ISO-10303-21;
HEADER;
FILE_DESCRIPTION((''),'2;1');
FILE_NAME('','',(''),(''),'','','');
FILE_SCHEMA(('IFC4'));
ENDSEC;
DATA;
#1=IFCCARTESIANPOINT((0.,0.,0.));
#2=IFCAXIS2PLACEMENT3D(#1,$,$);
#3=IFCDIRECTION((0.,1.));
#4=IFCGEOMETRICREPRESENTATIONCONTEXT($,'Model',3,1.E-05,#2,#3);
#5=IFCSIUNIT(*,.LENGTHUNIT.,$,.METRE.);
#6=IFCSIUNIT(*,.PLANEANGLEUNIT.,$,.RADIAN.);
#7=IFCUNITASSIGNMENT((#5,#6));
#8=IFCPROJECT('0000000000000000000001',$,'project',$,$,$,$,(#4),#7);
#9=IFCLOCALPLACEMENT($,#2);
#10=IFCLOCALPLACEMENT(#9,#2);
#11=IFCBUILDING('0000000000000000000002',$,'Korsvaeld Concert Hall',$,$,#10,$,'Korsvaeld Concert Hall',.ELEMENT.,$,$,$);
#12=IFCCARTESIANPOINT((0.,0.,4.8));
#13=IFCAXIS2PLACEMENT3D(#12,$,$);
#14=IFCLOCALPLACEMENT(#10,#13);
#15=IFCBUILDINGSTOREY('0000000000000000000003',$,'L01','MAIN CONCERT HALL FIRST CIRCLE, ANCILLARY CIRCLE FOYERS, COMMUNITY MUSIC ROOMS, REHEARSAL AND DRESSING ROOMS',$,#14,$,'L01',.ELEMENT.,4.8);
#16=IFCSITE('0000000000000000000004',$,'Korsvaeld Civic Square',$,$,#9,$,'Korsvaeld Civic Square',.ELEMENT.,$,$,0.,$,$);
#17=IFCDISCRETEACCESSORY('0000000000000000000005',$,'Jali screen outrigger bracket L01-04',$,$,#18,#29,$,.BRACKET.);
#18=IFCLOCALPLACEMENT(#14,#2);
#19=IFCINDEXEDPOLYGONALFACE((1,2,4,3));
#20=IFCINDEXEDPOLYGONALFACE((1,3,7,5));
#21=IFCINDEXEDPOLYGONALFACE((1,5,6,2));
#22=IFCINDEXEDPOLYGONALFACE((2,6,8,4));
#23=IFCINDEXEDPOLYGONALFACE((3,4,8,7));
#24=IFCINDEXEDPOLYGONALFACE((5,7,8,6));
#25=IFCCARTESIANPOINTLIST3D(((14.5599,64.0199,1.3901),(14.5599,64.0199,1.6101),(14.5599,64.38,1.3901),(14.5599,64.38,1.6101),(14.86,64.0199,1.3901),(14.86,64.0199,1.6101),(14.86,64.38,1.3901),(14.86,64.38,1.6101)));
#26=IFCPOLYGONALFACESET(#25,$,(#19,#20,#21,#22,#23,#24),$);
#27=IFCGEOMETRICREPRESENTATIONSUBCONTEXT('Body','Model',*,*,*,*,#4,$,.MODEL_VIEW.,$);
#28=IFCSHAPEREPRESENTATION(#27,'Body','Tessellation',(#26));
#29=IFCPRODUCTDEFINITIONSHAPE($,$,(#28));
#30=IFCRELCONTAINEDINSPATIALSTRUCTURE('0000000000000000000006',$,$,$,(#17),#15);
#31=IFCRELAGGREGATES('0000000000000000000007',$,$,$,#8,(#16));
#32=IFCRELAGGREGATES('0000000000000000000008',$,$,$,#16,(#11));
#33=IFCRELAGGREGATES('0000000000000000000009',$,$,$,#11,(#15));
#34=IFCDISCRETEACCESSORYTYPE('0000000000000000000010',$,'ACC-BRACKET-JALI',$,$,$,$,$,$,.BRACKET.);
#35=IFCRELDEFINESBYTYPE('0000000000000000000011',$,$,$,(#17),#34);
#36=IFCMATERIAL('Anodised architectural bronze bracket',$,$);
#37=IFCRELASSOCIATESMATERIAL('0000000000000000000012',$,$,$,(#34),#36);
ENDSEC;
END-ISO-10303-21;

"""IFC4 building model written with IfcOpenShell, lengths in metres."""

from ifc_helpers import new_model, si_unit, direction, frame, origin, origin_2d, place, context, subcontext, project, spatial, rectangle, extrude, material, type_object, element, save


model = new_model("IFC4")

# Units and contexts
model_context = context("Model", 3, precision=1e-05, world=origin(), true_north=direction((0.0, 1.0)))
body_context = subcontext(model_context, "Body", "Model", "MODEL_VIEW")
ifc_project = project(units=[si_unit("LENGTHUNIT", "METRE"), si_unit("PLANEANGLEUNIT", "RADIAN")], contexts=[model_context])

# Site, building, storey
site_placement = place(None, origin())
site = spatial("IfcSite", under=ifc_project, at=site_placement, Name="Korsvaeld Civic Square", LongName="Korsvaeld Civic Square", CompositionType="ELEMENT", RefElevation=0.0)
building_placement = place(site_placement, origin())
building = spatial("IfcBuilding", under=site, at=building_placement, Name="Korsvaeld Concert Hall", LongName="Korsvaeld Concert Hall", CompositionType="ELEMENT")
storey_placement = place(building_placement, frame((0.0, 0.0, 4.8)))
storey = spatial("IfcBuildingStorey", under=building, at=storey_placement, Name="L01", Description="MAIN CONCERT HALL FIRST CIRCLE, ANCILLARY CIRCLE FOYERS, COMMUNITY MUSIC ROOMS, REHEARSAL AND DRESSING ROOMS", LongName="L01", CompositionType="ELEMENT", Elevation=4.8)

# Discrete accessory
ifc_material_1 = material(Name="Anodised architectural bronze bracket")
discrete_accessory_type = type_object("IfcDiscreteAccessoryType", Name="ACC-BRACKET-JALI", PredefinedType="BRACKET", material=ifc_material_1)
for number, where, z_axis, x_axis, name in (
    (1, (14.71, 64.2, 1.3901), (0.0, 0.0, 1.0), (0.0, 1.0, 0.0), "Jali screen outrigger bracket L01-04"),
):
    element("IfcDiscreteAccessory", number, at=place(storey_placement, frame(where, z_axis=z_axis, x_axis=x_axis)), inside=storey, type_object=discrete_accessory_type, Name=name, PredefinedType="BRACKET", context=body_context, shape_type="SweptSolid", body=[
        extrude(rectangle(XDim=0.3601, YDim=0.3, at=origin_2d()), origin(), (0.0, 0.0, 1.0), 0.22),
    ])

save(model, "model.ifc")
